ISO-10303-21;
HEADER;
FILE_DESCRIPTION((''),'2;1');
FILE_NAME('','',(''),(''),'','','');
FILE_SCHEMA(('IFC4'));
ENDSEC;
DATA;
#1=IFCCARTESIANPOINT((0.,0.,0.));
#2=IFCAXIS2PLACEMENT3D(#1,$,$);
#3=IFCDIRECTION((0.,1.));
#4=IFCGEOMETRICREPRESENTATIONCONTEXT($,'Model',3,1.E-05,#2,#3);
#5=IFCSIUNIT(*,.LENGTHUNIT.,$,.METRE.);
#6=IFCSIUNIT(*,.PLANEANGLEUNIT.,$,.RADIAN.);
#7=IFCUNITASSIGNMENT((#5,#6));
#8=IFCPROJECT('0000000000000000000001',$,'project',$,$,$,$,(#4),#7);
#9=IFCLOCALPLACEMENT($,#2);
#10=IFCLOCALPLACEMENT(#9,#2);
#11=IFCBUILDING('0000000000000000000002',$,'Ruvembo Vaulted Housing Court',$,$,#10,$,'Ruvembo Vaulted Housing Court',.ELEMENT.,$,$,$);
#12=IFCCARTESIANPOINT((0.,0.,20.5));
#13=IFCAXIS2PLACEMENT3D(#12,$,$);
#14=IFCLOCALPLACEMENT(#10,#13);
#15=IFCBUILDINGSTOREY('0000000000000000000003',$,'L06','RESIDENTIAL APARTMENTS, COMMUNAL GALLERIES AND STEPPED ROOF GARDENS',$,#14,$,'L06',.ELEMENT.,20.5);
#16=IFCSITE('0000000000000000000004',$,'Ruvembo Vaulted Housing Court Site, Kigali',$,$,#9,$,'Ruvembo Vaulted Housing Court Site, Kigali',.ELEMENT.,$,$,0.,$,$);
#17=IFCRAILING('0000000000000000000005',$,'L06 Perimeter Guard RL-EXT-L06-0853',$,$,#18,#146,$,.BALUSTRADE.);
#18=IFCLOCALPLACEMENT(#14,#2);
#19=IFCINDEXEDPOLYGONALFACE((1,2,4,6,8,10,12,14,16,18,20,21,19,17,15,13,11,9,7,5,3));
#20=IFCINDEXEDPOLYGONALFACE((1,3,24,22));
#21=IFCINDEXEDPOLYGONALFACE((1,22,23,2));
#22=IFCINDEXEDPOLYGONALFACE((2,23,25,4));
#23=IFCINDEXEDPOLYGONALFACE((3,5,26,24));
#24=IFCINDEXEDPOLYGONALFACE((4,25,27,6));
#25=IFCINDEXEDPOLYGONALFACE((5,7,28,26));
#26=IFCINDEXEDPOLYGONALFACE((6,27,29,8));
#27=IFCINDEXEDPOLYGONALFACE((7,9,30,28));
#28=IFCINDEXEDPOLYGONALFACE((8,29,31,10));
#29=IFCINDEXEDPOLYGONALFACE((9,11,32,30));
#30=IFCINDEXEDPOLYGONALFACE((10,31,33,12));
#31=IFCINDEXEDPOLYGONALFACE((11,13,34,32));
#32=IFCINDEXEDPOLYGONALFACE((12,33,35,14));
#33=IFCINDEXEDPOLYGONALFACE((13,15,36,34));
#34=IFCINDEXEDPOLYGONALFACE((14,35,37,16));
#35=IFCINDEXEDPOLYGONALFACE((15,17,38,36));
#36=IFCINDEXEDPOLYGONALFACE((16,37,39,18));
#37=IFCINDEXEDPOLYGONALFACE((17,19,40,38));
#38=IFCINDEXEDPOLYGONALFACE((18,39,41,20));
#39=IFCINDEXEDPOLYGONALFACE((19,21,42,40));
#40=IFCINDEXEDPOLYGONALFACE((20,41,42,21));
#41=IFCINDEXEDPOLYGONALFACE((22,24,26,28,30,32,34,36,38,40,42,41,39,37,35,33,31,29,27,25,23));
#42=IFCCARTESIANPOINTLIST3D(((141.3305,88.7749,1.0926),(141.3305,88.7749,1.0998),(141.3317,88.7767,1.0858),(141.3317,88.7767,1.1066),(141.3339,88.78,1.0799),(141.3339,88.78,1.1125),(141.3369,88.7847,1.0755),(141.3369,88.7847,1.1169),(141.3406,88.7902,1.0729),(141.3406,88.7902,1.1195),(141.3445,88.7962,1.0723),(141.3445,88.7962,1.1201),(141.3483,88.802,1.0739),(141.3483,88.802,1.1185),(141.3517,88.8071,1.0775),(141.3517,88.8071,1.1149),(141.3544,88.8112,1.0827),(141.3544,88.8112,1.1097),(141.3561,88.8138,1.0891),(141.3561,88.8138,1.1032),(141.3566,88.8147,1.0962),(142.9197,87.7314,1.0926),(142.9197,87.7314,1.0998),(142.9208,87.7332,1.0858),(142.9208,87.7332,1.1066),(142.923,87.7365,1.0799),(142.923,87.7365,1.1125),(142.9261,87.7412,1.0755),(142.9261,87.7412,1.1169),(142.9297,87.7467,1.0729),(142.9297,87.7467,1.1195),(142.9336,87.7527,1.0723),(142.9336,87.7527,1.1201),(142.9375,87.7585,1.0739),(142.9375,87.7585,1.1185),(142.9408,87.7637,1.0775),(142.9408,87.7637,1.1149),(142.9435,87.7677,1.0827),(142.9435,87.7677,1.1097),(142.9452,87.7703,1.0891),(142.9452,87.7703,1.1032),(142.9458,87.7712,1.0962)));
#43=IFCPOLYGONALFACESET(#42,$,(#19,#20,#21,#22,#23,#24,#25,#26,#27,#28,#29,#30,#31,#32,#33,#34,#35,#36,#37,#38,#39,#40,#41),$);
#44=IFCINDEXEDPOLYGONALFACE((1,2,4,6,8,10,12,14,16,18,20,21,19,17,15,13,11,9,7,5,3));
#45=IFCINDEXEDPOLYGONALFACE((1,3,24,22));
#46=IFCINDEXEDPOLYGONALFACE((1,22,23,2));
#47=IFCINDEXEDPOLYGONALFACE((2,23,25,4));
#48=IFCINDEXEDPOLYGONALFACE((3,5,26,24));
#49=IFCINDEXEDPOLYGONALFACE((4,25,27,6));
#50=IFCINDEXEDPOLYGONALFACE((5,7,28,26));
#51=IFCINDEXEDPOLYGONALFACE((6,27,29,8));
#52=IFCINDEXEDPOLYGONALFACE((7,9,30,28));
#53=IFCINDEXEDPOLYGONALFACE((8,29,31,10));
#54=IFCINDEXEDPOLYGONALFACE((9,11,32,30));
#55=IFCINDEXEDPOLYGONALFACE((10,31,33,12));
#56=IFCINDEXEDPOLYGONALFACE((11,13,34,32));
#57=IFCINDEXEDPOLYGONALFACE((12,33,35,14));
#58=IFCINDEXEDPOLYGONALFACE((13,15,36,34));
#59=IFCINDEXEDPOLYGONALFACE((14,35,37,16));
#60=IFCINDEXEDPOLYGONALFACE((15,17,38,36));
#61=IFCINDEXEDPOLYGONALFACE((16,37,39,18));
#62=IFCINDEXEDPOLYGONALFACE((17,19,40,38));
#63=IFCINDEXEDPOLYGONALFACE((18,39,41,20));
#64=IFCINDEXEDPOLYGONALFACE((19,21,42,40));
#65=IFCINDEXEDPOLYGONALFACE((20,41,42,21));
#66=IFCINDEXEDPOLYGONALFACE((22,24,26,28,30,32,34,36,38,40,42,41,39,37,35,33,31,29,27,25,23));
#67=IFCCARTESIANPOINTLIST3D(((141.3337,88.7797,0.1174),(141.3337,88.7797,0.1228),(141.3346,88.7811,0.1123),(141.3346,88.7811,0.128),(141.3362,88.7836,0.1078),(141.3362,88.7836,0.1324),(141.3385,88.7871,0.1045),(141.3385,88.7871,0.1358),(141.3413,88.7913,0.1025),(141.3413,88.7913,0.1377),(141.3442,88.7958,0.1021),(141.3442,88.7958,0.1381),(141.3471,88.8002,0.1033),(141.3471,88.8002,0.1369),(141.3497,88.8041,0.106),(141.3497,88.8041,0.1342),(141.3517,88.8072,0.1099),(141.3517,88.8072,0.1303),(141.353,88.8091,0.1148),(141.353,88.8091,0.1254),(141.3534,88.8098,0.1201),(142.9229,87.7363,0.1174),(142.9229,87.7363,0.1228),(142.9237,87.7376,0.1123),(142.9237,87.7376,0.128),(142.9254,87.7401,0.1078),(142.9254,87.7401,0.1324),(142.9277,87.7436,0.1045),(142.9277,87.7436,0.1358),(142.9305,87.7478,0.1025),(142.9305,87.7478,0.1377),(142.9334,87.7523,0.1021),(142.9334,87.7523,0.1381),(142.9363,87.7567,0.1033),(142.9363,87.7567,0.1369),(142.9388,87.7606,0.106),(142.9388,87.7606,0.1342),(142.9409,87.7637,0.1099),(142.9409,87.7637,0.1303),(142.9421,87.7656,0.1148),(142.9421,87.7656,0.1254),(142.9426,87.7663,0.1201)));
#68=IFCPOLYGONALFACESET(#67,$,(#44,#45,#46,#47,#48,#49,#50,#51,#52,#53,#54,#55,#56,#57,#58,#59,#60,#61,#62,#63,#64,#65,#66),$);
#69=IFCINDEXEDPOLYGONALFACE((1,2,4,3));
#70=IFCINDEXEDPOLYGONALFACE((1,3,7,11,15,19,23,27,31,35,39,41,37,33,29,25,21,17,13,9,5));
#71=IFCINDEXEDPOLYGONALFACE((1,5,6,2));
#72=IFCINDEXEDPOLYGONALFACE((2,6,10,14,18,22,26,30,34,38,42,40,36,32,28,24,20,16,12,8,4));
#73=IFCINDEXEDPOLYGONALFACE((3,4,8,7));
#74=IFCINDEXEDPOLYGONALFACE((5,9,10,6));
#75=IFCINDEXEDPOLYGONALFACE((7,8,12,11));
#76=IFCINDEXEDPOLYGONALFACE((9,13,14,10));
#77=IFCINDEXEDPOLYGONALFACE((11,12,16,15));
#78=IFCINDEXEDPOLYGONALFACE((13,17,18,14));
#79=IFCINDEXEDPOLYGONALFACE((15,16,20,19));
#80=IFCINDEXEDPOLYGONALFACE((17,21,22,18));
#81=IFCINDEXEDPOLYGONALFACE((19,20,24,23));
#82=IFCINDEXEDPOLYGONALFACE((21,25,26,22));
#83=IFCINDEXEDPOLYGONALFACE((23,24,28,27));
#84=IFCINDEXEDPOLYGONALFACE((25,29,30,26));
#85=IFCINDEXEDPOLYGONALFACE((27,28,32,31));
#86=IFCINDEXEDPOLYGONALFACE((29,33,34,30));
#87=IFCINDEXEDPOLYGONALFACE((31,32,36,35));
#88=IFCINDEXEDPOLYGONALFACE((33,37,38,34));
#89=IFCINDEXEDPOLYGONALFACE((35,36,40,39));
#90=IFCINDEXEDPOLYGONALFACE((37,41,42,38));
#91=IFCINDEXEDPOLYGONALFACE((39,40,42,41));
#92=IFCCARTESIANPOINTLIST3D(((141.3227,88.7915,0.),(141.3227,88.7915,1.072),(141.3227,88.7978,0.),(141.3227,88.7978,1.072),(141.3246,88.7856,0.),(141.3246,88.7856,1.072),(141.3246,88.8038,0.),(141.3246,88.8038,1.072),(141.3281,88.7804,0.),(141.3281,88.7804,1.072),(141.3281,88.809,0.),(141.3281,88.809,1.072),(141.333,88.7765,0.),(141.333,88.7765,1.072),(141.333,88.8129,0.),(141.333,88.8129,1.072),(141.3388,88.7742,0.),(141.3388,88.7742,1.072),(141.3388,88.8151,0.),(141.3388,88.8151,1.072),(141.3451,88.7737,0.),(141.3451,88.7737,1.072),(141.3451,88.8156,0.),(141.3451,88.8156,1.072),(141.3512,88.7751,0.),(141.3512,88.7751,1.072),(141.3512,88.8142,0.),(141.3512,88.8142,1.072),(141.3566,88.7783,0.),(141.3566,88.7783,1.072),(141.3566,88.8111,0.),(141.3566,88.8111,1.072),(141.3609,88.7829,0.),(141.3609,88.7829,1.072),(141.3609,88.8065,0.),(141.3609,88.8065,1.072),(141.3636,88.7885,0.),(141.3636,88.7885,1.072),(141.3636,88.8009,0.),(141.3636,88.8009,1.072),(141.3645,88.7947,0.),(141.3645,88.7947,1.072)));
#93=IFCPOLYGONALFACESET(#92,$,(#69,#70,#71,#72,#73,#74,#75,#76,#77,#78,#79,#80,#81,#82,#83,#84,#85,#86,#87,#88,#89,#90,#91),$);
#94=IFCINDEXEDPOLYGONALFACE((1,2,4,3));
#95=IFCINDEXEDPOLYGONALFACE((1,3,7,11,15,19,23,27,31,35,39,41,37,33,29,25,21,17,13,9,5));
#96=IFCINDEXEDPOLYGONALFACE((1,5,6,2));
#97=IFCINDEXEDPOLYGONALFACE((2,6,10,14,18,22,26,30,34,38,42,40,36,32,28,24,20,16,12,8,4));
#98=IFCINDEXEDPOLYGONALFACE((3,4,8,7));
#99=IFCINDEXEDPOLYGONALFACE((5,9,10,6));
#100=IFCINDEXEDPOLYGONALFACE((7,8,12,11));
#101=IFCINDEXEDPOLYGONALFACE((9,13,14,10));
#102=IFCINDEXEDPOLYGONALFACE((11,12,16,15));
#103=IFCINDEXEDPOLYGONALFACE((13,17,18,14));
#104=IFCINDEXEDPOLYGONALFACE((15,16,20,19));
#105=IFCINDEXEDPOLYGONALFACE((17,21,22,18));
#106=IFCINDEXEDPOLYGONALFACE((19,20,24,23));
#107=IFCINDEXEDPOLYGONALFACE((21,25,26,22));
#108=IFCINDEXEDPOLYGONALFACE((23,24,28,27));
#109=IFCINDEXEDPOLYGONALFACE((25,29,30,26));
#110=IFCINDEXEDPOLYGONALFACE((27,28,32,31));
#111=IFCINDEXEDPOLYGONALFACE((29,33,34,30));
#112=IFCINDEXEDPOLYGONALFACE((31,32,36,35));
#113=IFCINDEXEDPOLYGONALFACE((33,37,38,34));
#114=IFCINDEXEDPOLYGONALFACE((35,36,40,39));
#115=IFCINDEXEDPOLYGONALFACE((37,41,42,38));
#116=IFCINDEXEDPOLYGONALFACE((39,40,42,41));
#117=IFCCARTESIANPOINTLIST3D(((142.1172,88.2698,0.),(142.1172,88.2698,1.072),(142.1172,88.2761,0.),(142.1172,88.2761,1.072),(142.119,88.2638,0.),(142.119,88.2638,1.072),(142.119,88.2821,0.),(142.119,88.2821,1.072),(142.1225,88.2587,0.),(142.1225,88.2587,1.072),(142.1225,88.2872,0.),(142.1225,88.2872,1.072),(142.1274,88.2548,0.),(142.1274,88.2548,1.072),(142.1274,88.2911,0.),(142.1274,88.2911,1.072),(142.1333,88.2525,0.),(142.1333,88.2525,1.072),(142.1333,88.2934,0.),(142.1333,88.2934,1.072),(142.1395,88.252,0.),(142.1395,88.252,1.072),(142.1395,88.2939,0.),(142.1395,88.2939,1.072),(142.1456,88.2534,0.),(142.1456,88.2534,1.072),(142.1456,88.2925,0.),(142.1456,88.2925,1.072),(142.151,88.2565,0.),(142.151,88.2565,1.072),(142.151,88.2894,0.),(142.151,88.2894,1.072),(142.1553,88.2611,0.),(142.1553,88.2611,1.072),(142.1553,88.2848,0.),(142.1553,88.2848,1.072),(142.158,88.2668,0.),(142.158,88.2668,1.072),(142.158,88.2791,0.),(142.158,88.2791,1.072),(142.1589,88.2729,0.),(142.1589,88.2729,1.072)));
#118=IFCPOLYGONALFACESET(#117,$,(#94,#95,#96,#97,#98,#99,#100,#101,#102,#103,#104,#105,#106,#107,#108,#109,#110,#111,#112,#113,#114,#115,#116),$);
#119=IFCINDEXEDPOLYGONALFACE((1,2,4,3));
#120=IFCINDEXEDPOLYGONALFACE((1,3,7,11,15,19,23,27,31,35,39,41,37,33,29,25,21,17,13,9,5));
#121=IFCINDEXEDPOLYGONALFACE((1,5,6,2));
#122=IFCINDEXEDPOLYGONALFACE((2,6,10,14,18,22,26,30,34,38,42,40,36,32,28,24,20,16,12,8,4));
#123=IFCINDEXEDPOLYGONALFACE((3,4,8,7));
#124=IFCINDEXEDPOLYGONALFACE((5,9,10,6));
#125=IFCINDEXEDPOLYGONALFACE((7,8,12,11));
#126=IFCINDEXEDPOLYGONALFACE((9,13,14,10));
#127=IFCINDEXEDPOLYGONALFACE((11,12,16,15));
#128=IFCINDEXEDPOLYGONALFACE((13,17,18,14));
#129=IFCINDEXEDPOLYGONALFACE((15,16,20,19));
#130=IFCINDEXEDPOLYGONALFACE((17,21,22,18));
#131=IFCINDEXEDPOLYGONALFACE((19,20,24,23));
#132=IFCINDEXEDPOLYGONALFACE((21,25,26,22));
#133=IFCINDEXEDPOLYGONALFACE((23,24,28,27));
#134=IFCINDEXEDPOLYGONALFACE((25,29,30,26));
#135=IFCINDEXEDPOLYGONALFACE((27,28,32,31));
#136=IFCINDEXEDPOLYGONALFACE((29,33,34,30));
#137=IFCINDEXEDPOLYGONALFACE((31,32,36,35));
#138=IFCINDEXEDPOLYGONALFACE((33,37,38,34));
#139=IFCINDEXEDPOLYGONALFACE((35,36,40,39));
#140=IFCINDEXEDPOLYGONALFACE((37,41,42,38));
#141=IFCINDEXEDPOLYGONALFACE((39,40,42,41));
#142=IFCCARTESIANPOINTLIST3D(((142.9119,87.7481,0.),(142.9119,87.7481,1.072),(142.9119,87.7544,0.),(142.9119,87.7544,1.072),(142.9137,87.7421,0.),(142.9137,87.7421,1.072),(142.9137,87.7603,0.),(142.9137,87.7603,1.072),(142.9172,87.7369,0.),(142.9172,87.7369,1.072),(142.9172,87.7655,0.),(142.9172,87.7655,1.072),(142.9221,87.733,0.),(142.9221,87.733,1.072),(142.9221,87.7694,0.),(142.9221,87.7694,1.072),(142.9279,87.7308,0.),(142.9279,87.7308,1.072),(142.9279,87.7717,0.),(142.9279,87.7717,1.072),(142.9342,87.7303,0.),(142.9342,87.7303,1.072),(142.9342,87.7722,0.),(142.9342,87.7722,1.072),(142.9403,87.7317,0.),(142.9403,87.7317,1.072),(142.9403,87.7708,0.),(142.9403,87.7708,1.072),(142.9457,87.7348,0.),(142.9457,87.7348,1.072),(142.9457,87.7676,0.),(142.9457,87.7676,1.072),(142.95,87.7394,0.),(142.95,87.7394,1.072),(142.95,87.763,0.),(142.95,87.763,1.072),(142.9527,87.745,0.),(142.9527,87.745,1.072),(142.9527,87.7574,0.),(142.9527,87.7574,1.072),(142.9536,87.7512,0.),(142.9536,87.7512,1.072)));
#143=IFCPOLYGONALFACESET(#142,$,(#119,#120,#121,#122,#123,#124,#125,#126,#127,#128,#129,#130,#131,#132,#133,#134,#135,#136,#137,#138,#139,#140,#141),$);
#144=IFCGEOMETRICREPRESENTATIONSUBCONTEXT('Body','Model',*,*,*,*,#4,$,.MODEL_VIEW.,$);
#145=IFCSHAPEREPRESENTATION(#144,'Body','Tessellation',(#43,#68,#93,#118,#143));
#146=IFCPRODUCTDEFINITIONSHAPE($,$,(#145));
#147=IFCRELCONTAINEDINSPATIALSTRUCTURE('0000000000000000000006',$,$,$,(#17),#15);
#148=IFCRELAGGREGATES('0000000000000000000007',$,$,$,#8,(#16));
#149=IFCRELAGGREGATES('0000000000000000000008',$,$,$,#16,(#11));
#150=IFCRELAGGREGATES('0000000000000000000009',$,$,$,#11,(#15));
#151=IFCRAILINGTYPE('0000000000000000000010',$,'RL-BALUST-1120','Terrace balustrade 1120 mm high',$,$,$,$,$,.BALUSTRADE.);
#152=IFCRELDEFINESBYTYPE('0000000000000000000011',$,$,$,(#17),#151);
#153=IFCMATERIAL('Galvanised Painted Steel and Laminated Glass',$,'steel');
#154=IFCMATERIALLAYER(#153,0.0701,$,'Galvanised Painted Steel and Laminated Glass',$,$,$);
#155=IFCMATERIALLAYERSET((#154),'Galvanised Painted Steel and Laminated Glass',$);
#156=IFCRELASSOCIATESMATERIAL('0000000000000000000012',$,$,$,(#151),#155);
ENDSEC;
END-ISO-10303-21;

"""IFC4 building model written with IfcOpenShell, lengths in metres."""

from ifc_helpers import new_model, si_unit, direction, frame, origin, origin_2d, place, context, subcontext, project, spatial, circle, extrude, material, layer, layer_set, type_object, element, save


model = new_model("IFC4")

# Units and contexts
model_context = context("Model", 3, precision=1e-05, world=origin(), true_north=direction((0.0, 1.0)))
body_context = subcontext(model_context, "Body", "Model", "MODEL_VIEW")
ifc_project = project(units=[si_unit("LENGTHUNIT", "METRE"), si_unit("PLANEANGLEUNIT", "RADIAN")], contexts=[model_context])

# Site, building, storey
site_placement = place(None, origin())
site = spatial("IfcSite", under=ifc_project, at=site_placement, Name="Ruvembo Vaulted Housing Court Site, Kigali", LongName="Ruvembo Vaulted Housing Court Site, Kigali", CompositionType="ELEMENT", RefElevation=0.0)
building_placement = place(site_placement, origin())
building = spatial("IfcBuilding", under=site, at=building_placement, Name="Ruvembo Vaulted Housing Court", LongName="Ruvembo Vaulted Housing Court", CompositionType="ELEMENT")
storey_placement = place(building_placement, frame((0.0, 0.0, 20.5)))
storey = spatial("IfcBuildingStorey", under=building, at=storey_placement, Name="L06", Description="RESIDENTIAL APARTMENTS, COMMUNAL GALLERIES AND STEPPED ROOF GARDENS", LongName="L06", CompositionType="ELEMENT", Elevation=20.5)

# Railing
ifc_material_1 = material(Name="Galvanised Painted Steel and Laminated Glass", Category="steel")
ifc_layer = layer(ifc_material_1, 0.0701, Name="Galvanised Painted Steel and Laminated Glass")
ifc_layer_set = layer_set([ifc_layer], Name="Galvanised Painted Steel and Laminated Glass")
railing_type = type_object("IfcRailingType", Name="RL-BALUST-1120", Description="Terrace balustrade 1120 mm high", PredefinedType="BALUSTRADE", material=ifc_layer_set)
railing_1_placement = place(storey_placement, frame((141.3435, 88.7947, 0.0)))
element("IfcRailing", 1, at=railing_1_placement, inside=storey, type_object=railing_type, Name="L06 Perimeter Guard RL-EXT-L06-0853", PredefinedType="BALUSTRADE", context=body_context, shape_type="SweptSolid", body=[
    extrude(circle(Radius=0.0239, at=origin_2d()), frame((0.0, 0.0, 1.0962), z_axis=(0.835902, -0.548878, 0.0), x_axis=(0.548878, 0.835902, 0.0)), (0.0, 0.0, 1.0), 1.9011),
    extrude(circle(Radius=0.0181, at=origin_2d()), frame((0.0, 0.0, 0.1201), z_axis=(0.835902, -0.548878, 0.0), x_axis=(0.548878, 0.835902, 0.0)), (0.0, 0.0, 1.0), 1.9011),
    extrude(circle(Radius=0.021, at=origin_2d()), origin(), (0.0, 0.0, 1.0), 1.072),
    extrude(circle(Radius=0.021, at=origin_2d()), frame((0.7944, -0.5217, 0.0)), (0.0, 0.0, 1.0), 1.072),
    extrude(circle(Radius=0.021, at=origin_2d()), frame((1.5891, -1.0435, 0.0)), (0.0, 0.0, 1.0), 1.072),
])

save(model, "model.ifc")
